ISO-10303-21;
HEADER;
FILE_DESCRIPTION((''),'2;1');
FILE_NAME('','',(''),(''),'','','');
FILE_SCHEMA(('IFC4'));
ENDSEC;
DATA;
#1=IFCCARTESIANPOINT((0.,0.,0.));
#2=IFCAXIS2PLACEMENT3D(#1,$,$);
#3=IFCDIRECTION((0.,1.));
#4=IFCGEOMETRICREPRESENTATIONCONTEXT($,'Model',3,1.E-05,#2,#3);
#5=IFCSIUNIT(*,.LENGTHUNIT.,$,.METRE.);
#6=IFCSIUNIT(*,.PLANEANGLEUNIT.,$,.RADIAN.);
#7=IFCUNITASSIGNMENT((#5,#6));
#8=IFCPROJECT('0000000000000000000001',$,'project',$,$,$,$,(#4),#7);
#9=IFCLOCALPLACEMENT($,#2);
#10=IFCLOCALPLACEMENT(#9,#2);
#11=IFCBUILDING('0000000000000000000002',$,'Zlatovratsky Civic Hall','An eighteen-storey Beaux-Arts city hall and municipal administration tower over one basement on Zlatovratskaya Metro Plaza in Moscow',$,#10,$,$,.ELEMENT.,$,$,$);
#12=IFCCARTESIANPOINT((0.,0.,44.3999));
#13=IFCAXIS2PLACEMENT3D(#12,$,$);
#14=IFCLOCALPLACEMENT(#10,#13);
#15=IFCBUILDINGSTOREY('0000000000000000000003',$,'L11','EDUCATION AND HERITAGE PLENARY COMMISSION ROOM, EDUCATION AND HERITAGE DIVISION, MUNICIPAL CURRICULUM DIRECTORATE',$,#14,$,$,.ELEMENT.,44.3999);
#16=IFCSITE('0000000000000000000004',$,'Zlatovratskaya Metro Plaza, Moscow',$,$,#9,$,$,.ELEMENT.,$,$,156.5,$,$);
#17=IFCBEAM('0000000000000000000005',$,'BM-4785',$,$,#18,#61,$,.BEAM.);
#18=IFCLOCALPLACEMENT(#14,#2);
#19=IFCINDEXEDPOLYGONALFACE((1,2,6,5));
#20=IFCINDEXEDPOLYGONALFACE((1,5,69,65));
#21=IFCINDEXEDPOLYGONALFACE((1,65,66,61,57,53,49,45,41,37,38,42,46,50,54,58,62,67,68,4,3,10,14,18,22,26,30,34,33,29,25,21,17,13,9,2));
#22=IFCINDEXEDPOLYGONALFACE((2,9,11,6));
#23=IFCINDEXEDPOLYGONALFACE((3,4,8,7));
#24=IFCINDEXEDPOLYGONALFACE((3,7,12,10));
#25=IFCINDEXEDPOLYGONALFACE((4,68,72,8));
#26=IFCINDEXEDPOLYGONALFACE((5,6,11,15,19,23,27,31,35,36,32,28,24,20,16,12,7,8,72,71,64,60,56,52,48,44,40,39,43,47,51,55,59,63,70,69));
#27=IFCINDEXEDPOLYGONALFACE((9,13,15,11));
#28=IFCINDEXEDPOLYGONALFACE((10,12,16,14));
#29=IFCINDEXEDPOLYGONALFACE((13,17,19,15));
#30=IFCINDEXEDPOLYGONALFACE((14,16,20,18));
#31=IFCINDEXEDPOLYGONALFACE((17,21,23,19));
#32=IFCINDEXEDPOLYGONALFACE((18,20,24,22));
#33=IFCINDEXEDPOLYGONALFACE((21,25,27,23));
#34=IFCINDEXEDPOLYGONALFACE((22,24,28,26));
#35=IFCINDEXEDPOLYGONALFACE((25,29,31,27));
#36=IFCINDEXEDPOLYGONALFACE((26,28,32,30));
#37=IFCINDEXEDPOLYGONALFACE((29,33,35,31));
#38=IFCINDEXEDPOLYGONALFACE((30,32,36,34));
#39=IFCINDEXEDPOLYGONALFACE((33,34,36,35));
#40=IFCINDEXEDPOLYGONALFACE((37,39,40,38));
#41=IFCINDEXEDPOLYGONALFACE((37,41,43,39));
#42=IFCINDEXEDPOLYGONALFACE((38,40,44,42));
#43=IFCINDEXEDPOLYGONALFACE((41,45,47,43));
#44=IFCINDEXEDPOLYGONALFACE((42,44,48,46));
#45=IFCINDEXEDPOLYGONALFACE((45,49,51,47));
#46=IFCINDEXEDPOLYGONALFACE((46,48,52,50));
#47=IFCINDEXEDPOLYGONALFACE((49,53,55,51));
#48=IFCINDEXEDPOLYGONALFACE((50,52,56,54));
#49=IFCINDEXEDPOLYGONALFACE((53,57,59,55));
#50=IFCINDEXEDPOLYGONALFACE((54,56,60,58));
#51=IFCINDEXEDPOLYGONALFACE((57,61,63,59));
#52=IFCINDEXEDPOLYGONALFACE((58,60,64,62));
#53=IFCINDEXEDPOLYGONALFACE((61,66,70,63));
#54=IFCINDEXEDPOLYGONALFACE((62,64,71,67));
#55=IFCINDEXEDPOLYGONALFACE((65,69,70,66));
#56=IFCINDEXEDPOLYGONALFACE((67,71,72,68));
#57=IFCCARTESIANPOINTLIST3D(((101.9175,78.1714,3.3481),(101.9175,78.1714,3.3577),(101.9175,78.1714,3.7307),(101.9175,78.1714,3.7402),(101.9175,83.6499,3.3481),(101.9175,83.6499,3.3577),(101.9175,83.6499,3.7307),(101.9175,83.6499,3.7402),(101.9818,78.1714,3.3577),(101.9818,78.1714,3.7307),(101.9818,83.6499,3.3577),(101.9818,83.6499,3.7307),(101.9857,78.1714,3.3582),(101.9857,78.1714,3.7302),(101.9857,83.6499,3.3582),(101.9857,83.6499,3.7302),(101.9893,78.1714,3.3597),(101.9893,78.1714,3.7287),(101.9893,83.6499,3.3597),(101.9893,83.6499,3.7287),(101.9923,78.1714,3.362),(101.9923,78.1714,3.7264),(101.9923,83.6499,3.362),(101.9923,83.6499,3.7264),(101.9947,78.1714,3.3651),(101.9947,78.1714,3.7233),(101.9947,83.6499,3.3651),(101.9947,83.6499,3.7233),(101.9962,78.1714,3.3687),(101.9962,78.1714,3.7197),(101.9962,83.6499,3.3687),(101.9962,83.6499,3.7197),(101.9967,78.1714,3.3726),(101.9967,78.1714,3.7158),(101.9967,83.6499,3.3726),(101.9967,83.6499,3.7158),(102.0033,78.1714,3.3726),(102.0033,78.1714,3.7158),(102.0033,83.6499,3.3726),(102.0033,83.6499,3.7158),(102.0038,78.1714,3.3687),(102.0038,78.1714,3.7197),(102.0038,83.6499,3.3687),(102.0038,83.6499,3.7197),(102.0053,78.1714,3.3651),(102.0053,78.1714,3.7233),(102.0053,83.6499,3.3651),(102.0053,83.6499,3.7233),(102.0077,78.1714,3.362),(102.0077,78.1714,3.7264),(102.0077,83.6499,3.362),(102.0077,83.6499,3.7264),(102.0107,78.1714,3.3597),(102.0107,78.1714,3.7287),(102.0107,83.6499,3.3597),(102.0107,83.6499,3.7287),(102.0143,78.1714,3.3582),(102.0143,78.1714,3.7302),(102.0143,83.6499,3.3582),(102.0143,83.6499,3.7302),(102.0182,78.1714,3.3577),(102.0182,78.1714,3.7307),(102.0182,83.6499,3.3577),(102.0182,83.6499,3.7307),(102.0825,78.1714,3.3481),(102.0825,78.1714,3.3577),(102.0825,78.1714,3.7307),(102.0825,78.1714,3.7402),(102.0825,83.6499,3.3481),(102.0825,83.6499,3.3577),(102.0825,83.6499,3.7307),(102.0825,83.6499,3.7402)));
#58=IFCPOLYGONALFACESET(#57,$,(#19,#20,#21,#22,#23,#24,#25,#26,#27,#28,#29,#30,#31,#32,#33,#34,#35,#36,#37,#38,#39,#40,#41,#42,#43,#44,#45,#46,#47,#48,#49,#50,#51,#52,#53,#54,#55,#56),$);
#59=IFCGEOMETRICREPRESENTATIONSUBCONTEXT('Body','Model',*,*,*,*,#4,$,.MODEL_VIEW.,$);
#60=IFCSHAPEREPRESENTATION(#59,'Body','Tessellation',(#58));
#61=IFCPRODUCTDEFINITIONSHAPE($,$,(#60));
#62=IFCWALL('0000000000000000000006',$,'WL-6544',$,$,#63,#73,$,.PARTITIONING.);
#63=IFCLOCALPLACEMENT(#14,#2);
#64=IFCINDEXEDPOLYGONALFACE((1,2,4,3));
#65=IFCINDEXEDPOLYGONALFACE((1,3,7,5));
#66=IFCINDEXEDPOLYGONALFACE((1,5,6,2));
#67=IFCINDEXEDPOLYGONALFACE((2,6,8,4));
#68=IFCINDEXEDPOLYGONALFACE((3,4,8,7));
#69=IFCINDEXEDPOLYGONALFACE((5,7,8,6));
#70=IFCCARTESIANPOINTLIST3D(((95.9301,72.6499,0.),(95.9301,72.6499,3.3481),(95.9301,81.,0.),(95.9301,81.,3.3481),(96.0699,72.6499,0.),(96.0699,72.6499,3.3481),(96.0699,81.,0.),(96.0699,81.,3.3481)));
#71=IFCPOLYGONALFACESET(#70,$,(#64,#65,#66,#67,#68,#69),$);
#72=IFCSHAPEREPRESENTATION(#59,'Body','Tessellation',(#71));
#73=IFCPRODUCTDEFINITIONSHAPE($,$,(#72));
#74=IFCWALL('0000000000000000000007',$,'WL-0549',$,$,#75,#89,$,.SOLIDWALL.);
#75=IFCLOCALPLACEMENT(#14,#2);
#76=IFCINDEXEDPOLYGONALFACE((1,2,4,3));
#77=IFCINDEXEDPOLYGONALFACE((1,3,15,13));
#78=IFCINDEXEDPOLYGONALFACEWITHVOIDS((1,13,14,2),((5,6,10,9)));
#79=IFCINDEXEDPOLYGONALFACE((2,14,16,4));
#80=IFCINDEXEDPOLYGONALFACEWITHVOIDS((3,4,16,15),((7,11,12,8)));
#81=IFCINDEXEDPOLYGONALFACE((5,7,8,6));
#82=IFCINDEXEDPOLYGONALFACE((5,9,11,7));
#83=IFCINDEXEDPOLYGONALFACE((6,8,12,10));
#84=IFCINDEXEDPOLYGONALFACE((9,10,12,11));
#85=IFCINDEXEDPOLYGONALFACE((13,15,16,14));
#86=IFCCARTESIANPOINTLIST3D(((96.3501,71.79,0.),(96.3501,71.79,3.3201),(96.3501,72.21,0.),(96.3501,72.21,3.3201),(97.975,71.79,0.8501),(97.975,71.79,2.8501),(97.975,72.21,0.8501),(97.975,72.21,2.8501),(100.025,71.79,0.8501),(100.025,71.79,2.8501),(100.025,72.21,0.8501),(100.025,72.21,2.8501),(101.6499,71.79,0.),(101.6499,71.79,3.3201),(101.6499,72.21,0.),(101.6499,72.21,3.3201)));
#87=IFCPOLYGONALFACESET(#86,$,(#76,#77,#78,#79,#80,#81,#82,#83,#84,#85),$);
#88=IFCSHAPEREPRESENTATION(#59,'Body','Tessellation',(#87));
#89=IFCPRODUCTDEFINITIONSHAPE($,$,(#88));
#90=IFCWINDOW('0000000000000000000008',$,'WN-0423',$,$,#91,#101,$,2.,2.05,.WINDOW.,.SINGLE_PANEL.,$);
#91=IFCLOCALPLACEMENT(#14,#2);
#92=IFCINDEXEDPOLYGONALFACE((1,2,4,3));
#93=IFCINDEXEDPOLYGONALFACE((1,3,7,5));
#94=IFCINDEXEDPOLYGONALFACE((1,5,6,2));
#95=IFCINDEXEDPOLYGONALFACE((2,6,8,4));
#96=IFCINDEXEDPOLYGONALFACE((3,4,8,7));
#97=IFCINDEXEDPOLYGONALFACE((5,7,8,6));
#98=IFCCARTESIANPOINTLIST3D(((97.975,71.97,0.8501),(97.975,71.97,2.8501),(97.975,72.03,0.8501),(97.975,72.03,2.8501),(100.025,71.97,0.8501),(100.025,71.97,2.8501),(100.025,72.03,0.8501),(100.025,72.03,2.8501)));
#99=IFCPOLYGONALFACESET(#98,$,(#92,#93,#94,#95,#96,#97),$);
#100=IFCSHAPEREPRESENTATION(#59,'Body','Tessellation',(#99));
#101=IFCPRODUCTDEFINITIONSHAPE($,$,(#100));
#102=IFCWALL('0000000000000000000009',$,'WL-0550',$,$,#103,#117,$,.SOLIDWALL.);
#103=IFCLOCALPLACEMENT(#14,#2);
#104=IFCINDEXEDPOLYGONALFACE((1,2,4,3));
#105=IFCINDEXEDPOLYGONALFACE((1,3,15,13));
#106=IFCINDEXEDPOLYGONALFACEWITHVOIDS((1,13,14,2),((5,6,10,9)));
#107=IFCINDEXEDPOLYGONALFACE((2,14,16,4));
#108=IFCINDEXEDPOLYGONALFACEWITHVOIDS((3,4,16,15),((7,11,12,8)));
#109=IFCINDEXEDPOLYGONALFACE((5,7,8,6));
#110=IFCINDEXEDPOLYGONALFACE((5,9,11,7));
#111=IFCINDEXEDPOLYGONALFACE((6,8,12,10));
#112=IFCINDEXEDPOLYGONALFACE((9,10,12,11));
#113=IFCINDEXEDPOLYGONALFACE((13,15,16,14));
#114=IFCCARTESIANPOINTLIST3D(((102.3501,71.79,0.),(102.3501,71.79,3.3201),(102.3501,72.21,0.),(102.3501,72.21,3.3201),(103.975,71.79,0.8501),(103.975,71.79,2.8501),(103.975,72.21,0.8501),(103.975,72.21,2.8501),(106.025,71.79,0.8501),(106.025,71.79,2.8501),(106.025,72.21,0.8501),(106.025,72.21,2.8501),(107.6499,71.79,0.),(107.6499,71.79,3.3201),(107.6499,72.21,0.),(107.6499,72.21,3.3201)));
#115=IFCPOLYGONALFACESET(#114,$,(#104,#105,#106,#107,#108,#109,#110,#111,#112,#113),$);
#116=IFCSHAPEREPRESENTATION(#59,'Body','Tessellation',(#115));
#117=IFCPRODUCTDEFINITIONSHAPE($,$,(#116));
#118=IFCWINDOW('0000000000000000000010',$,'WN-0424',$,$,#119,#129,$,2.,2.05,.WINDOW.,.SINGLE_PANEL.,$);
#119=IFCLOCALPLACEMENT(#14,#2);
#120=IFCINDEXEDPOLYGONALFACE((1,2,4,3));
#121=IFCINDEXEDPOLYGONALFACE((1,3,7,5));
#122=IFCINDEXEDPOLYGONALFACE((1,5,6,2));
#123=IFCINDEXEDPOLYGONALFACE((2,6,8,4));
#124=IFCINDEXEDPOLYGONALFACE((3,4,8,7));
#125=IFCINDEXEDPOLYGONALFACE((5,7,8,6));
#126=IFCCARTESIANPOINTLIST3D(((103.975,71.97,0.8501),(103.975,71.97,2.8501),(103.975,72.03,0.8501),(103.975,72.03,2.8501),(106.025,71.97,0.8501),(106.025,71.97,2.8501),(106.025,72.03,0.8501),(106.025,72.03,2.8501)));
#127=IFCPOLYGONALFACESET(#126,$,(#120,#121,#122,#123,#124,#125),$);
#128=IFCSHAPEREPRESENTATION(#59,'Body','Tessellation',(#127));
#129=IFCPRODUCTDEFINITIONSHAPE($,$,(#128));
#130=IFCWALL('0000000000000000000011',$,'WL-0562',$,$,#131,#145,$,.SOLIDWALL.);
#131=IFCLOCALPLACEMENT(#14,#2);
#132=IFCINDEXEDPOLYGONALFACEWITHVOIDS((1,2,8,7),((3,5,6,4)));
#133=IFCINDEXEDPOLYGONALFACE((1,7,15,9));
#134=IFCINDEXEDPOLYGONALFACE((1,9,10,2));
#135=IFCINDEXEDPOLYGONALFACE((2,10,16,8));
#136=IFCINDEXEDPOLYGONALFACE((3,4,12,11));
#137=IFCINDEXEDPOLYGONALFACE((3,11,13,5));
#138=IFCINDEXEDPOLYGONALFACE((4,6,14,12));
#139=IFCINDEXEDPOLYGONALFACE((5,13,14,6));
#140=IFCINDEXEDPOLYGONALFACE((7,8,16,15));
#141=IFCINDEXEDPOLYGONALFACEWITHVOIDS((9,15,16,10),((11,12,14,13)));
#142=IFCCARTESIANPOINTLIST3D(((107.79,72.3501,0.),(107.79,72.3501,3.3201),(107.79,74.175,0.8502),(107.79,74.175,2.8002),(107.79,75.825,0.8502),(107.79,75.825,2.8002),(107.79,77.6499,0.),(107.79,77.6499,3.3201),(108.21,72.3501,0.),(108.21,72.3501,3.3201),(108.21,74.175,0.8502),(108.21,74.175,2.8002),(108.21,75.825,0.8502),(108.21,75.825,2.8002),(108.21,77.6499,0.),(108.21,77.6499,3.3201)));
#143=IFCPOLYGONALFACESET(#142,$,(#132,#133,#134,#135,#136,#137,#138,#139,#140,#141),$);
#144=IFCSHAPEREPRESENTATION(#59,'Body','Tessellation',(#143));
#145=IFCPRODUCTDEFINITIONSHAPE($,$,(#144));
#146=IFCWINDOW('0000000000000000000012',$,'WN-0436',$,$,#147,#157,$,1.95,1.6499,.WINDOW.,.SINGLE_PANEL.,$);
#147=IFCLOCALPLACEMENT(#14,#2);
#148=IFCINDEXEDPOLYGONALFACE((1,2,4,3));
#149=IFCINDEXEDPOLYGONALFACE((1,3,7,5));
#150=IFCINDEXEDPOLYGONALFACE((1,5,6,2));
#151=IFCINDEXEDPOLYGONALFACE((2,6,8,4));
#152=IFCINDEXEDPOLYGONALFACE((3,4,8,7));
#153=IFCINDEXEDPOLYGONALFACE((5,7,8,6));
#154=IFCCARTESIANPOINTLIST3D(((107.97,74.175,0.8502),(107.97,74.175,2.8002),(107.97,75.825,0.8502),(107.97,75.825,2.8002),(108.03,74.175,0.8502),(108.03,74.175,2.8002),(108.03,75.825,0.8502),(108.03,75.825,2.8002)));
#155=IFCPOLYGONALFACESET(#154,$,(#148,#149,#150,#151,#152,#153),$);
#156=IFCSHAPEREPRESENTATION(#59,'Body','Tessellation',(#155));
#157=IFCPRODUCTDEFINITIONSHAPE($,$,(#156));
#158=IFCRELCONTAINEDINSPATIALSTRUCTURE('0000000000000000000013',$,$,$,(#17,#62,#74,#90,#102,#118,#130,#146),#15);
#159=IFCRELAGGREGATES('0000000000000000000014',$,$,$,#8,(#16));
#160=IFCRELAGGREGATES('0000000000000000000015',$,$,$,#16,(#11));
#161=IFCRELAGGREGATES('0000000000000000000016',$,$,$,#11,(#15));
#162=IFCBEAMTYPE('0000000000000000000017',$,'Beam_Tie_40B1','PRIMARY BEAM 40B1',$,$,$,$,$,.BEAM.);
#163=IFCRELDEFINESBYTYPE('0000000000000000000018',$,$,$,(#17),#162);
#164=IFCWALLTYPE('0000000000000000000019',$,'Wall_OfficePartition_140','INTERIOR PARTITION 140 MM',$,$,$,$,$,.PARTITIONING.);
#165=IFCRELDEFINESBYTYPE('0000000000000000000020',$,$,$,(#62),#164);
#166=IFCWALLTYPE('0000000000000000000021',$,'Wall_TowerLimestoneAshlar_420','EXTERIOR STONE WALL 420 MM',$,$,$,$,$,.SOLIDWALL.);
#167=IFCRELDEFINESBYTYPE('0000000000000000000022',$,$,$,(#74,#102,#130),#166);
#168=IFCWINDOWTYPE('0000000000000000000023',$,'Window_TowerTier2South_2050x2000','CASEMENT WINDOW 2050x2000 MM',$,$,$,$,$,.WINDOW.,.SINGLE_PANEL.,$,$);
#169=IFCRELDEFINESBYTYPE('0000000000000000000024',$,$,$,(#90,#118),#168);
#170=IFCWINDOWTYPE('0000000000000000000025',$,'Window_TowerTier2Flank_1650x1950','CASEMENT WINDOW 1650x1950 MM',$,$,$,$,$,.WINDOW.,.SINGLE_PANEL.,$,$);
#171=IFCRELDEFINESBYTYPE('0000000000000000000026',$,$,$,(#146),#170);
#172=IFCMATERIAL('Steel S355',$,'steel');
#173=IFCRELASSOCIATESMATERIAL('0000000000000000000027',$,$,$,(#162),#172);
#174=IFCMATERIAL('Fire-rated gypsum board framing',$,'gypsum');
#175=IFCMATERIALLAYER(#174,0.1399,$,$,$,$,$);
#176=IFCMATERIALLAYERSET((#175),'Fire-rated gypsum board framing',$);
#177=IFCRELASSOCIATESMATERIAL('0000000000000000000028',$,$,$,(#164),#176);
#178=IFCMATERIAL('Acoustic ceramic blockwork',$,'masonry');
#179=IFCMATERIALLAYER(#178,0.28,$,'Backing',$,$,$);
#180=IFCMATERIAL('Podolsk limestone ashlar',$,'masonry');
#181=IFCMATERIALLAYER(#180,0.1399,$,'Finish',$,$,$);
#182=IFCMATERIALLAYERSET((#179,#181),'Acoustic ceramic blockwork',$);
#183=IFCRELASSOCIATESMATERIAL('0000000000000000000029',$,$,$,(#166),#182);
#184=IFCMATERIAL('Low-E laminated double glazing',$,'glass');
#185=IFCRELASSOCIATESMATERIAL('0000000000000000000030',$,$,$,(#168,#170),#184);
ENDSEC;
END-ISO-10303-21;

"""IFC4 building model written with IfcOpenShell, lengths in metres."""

from ifc_helpers import new_model, si_unit, direction, frame, frame_2d, origin, origin_2d, place, context, subcontext, project, spatial, rectangle, i_section, extrude, material, layer, layer_set, material_profile, profile_set, type_object, element, fill, save


model = new_model("IFC4")

# Units and contexts
model_context = context("Model", 3, precision=1e-05, world=origin(), true_north=direction((0.0, 1.0)))
body_context = subcontext(model_context, "Body", "Model", "MODEL_VIEW")
ifc_project = project(units=[si_unit("LENGTHUNIT", "METRE"), si_unit("PLANEANGLEUNIT", "RADIAN")], contexts=[model_context])

# Site, building, storey
site_placement = place(None, origin())
site = spatial("IfcSite", under=ifc_project, at=site_placement, Name="Zlatovratskaya Metro Plaza, Moscow", CompositionType="ELEMENT", RefElevation=156.5)
building_placement = place(site_placement, origin())
building = spatial("IfcBuilding", under=site, at=building_placement, Name="Zlatovratsky Civic Hall", Description="An eighteen-storey Beaux-Arts city hall and municipal administration tower over one basement on Zlatovratskaya Metro Plaza in Moscow", CompositionType="ELEMENT")
storey_placement = place(building_placement, frame((0.0, 0.0, 44.3999)))
storey = spatial("IfcBuildingStorey", under=building, at=storey_placement, Name="L11", Description="EDUCATION AND HERITAGE PLENARY COMMISSION ROOM, EDUCATION AND HERITAGE DIVISION, MUNICIPAL CURRICULUM DIRECTORATE", CompositionType="ELEMENT", Elevation=44.3999)

# Shared definitions
ifc_material_1 = material(Name="Steel S355", Category="steel")

# Beam
ifc_material_profile_1 = material_profile(ifc_material_1, i_section(OverallWidth=0.165, OverallDepth=0.3921, WebThickness=0.0066, FlangeThickness=0.0095, FilletRadius=0.0149, at=origin_2d()), Name="40B1")
ifc_profile_set_1 = profile_set([ifc_material_profile_1], Name="Steel S355")
beam_type_1 = type_object("IfcBeamType", Name="Beam_Tie_40B1", Description="PRIMARY BEAM 40B1", PredefinedType="BEAM", material=ifc_profile_set_1)
for number, where, z_axis, x_axis, name in (
    (1, (102.0, 78.1714, 3.5442), (0.0, 1.0, 0.0), (-1.0, 0.0, 0.0), "BM-4785"),
):
    element("IfcBeam", number, at=place(storey_placement, frame(where, z_axis=z_axis, x_axis=x_axis)), inside=storey, type_object=beam_type_1, Name=name, PredefinedType="BEAM", context=body_context, shape_type="SweptSolid", body=[
        extrude(i_section(OverallWidth=0.165, OverallDepth=0.3921, WebThickness=0.0066, FlangeThickness=0.0095, FilletRadius=0.0149, at=origin_2d()), origin(), (0.0, 0.0, 1.0), 5.4785),
    ])

# Wall
ifc_material_2 = material(Name="Fire-rated gypsum board framing", Category="gypsum")
ifc_layer_1 = layer(ifc_material_2, 0.1399)
ifc_layer_set_1 = layer_set([ifc_layer_1], Name="Fire-rated gypsum board framing")
wall_type_1 = type_object("IfcWallType", Name="Wall_OfficePartition_140", Description="INTERIOR PARTITION 140 MM", PredefinedType="PARTITIONING", material=ifc_layer_set_1)
wall_1_placement = place(storey_placement, frame((96.0, 72.6499, 0.0), z_axis=(0.0, 0.0, 1.0), x_axis=(0.0, 1.0, 0.0)))
element("IfcWall", 2, at=wall_1_placement, inside=storey, type_object=wall_type_1, Name="WL-6544", PredefinedType="PARTITIONING", context=body_context, shape_type="SweptSolid", body=[
    extrude(rectangle(XDim=8.3501, YDim=0.1399, at=frame_2d((4.175, 0.0))), origin(), (0.0, 0.0, 1.0), 3.3481),
])

# Walls, openings, windows
ifc_material_3 = material(Name="Acoustic ceramic blockwork", Category="masonry")
ifc_layer_2 = layer(ifc_material_3, 0.28, Name="Backing")
ifc_material_4 = material(Name="Podolsk limestone ashlar", Category="masonry")
ifc_layer_3 = layer(ifc_material_4, 0.1399, Name="Finish")
ifc_layer_set_2 = layer_set([ifc_layer_2, ifc_layer_3], Name="Acoustic ceramic blockwork")
wall_type_2 = type_object("IfcWallType", Name="Wall_TowerLimestoneAshlar_420", Description="EXTERIOR STONE WALL 420 MM", PredefinedType="SOLIDWALL", material=ifc_layer_set_2)
wall_2_placement = place(storey_placement, frame((96.3501, 72.0, 0.0), z_axis=(0.0, 0.0, 1.0), x_axis=(1.0, 0.0, 0.0)))
wall_2 = element("IfcWall", 3, at=wall_2_placement, inside=storey, type_object=wall_type_2, Name="WL-0549", PredefinedType="SOLIDWALL", context=body_context, shape_type="SweptSolid", body=[
    extrude(rectangle(XDim=5.2998, YDim=0.4199, at=frame_2d((2.6499, 0.0))), origin(), (0.0, 0.0, 1.0), 3.3201),
])
opening_1_placement = place(wall_2_placement, frame((1.625, 0.0, 0.8501)))
opening_1 = element("IfcOpeningElement", 4, at=opening_1_placement, cuts=wall_2, PredefinedType="OPENING", context=body_context, shape_type="SweptSolid", body=[
    extrude(rectangle(XDim=2.05, YDim=2.0, at=frame_2d((1.0249, 1.0))), frame((0.0, 0.2249, 0.0), z_axis=(0.0, -1.0, 0.0), x_axis=(1.0, 0.0, 0.0)), (0.0, 0.0, 1.0), 0.4497),
])
ifc_material_5 = material(Name="Low-E laminated double glazing", Category="glass")
window_type_1 = type_object("IfcWindowType", Name="Window_TowerTier2South_2050x2000", Description="CASEMENT WINDOW 2050x2000 MM", PartitioningType="SINGLE_PANEL", PredefinedType="WINDOW", material=ifc_material_5)
window_1_placement = place(opening_1_placement, origin())
window_1 = element("IfcWindow", 5, at=window_1_placement, inside=storey, type_object=window_type_1, Name="WN-0423", OverallHeight=2.0, OverallWidth=2.05, PartitioningType="SINGLE_PANEL", PredefinedType="WINDOW", context=body_context, shape_type="SweptSolid", body=[
    extrude(rectangle(XDim=2.05, YDim=2.0, at=frame_2d((1.0249, 1.0))), frame((0.0, 0.03, 0.0), z_axis=(0.0, -1.0, 0.0), x_axis=(1.0, 0.0, 0.0)), (0.0, 0.0, 1.0), 0.0601),
])
fill(opening_1, window_1)
wall_3_placement = place(storey_placement, frame((102.3501, 72.0, 0.0), z_axis=(0.0, 0.0, 1.0), x_axis=(1.0, 0.0, 0.0)))
wall_3 = element("IfcWall", 6, at=wall_3_placement, inside=storey, type_object=wall_type_2, Name="WL-0550", PredefinedType="SOLIDWALL", context=body_context, shape_type="SweptSolid", body=[
    extrude(rectangle(XDim=5.2998, YDim=0.4199, at=frame_2d((2.6499, 0.0))), origin(), (0.0, 0.0, 1.0), 3.3201),
])
opening_2_placement = place(wall_3_placement, frame((1.625, 0.0, 0.8501)))
opening_2 = element("IfcOpeningElement", 7, at=opening_2_placement, cuts=wall_3, PredefinedType="OPENING", context=body_context, shape_type="SweptSolid", body=[
    extrude(rectangle(XDim=2.05, YDim=2.0, at=frame_2d((1.0249, 1.0))), frame((0.0, 0.2249, 0.0), z_axis=(0.0, -1.0, 0.0), x_axis=(1.0, 0.0, 0.0)), (0.0, 0.0, 1.0), 0.4497),
])
window_2_placement = place(opening_2_placement, origin())
window_2 = element("IfcWindow", 8, at=window_2_placement, inside=storey, type_object=window_type_1, Name="WN-0424", OverallHeight=2.0, OverallWidth=2.05, PartitioningType="SINGLE_PANEL", PredefinedType="WINDOW", context=body_context, shape_type="SweptSolid", body=[
    extrude(rectangle(XDim=2.05, YDim=2.0, at=frame_2d((1.0249, 1.0))), frame((0.0, 0.03, 0.0), z_axis=(0.0, -1.0, 0.0), x_axis=(1.0, 0.0, 0.0)), (0.0, 0.0, 1.0), 0.0601),
])
fill(opening_2, window_2)
wall_4_placement = place(storey_placement, frame((108.0, 72.3501, 0.0), z_axis=(0.0, 0.0, 1.0), x_axis=(0.0, 1.0, 0.0)))
wall_4 = element("IfcWall", 9, at=wall_4_placement, inside=storey, type_object=wall_type_2, Name="WL-0562", PredefinedType="SOLIDWALL", context=body_context, shape_type="SweptSolid", body=[
    extrude(rectangle(XDim=5.2998, YDim=0.4199, at=frame_2d((2.6499, 0.0))), origin(), (0.0, 0.0, 1.0), 3.3201),
])
opening_3_placement = place(wall_4_placement, frame((1.825, 0.0, 0.8501)))
opening_3 = element("IfcOpeningElement", 10, at=opening_3_placement, cuts=wall_4, PredefinedType="OPENING", context=body_context, shape_type="SweptSolid", body=[
    extrude(rectangle(XDim=1.6499, YDim=1.95, at=frame_2d((0.825, 0.9751))), frame((0.0, 0.2249, 0.0), z_axis=(0.0, -1.0, 0.0), x_axis=(1.0, 0.0, 0.0)), (0.0, 0.0, 1.0), 0.4497),
])
window_type_2 = type_object("IfcWindowType", Name="Window_TowerTier2Flank_1650x1950", Description="CASEMENT WINDOW 1650x1950 MM", PartitioningType="SINGLE_PANEL", PredefinedType="WINDOW", material=ifc_material_5)
window_3_placement = place(opening_3_placement, origin())
window_3 = element("IfcWindow", 11, at=window_3_placement, inside=storey, type_object=window_type_2, Name="WN-0436", OverallHeight=1.95, OverallWidth=1.6499, PartitioningType="SINGLE_PANEL", PredefinedType="WINDOW", context=body_context, shape_type="SweptSolid", body=[
    extrude(rectangle(XDim=1.6499, YDim=1.95, at=frame_2d((0.825, 0.9751))), frame((0.0, 0.03, 0.0), z_axis=(0.0, -1.0, 0.0), x_axis=(1.0, 0.0, 0.0)), (0.0, 0.0, 1.0), 0.0601),
])
fill(opening_3, window_3)

save(model, "model.ifc")
